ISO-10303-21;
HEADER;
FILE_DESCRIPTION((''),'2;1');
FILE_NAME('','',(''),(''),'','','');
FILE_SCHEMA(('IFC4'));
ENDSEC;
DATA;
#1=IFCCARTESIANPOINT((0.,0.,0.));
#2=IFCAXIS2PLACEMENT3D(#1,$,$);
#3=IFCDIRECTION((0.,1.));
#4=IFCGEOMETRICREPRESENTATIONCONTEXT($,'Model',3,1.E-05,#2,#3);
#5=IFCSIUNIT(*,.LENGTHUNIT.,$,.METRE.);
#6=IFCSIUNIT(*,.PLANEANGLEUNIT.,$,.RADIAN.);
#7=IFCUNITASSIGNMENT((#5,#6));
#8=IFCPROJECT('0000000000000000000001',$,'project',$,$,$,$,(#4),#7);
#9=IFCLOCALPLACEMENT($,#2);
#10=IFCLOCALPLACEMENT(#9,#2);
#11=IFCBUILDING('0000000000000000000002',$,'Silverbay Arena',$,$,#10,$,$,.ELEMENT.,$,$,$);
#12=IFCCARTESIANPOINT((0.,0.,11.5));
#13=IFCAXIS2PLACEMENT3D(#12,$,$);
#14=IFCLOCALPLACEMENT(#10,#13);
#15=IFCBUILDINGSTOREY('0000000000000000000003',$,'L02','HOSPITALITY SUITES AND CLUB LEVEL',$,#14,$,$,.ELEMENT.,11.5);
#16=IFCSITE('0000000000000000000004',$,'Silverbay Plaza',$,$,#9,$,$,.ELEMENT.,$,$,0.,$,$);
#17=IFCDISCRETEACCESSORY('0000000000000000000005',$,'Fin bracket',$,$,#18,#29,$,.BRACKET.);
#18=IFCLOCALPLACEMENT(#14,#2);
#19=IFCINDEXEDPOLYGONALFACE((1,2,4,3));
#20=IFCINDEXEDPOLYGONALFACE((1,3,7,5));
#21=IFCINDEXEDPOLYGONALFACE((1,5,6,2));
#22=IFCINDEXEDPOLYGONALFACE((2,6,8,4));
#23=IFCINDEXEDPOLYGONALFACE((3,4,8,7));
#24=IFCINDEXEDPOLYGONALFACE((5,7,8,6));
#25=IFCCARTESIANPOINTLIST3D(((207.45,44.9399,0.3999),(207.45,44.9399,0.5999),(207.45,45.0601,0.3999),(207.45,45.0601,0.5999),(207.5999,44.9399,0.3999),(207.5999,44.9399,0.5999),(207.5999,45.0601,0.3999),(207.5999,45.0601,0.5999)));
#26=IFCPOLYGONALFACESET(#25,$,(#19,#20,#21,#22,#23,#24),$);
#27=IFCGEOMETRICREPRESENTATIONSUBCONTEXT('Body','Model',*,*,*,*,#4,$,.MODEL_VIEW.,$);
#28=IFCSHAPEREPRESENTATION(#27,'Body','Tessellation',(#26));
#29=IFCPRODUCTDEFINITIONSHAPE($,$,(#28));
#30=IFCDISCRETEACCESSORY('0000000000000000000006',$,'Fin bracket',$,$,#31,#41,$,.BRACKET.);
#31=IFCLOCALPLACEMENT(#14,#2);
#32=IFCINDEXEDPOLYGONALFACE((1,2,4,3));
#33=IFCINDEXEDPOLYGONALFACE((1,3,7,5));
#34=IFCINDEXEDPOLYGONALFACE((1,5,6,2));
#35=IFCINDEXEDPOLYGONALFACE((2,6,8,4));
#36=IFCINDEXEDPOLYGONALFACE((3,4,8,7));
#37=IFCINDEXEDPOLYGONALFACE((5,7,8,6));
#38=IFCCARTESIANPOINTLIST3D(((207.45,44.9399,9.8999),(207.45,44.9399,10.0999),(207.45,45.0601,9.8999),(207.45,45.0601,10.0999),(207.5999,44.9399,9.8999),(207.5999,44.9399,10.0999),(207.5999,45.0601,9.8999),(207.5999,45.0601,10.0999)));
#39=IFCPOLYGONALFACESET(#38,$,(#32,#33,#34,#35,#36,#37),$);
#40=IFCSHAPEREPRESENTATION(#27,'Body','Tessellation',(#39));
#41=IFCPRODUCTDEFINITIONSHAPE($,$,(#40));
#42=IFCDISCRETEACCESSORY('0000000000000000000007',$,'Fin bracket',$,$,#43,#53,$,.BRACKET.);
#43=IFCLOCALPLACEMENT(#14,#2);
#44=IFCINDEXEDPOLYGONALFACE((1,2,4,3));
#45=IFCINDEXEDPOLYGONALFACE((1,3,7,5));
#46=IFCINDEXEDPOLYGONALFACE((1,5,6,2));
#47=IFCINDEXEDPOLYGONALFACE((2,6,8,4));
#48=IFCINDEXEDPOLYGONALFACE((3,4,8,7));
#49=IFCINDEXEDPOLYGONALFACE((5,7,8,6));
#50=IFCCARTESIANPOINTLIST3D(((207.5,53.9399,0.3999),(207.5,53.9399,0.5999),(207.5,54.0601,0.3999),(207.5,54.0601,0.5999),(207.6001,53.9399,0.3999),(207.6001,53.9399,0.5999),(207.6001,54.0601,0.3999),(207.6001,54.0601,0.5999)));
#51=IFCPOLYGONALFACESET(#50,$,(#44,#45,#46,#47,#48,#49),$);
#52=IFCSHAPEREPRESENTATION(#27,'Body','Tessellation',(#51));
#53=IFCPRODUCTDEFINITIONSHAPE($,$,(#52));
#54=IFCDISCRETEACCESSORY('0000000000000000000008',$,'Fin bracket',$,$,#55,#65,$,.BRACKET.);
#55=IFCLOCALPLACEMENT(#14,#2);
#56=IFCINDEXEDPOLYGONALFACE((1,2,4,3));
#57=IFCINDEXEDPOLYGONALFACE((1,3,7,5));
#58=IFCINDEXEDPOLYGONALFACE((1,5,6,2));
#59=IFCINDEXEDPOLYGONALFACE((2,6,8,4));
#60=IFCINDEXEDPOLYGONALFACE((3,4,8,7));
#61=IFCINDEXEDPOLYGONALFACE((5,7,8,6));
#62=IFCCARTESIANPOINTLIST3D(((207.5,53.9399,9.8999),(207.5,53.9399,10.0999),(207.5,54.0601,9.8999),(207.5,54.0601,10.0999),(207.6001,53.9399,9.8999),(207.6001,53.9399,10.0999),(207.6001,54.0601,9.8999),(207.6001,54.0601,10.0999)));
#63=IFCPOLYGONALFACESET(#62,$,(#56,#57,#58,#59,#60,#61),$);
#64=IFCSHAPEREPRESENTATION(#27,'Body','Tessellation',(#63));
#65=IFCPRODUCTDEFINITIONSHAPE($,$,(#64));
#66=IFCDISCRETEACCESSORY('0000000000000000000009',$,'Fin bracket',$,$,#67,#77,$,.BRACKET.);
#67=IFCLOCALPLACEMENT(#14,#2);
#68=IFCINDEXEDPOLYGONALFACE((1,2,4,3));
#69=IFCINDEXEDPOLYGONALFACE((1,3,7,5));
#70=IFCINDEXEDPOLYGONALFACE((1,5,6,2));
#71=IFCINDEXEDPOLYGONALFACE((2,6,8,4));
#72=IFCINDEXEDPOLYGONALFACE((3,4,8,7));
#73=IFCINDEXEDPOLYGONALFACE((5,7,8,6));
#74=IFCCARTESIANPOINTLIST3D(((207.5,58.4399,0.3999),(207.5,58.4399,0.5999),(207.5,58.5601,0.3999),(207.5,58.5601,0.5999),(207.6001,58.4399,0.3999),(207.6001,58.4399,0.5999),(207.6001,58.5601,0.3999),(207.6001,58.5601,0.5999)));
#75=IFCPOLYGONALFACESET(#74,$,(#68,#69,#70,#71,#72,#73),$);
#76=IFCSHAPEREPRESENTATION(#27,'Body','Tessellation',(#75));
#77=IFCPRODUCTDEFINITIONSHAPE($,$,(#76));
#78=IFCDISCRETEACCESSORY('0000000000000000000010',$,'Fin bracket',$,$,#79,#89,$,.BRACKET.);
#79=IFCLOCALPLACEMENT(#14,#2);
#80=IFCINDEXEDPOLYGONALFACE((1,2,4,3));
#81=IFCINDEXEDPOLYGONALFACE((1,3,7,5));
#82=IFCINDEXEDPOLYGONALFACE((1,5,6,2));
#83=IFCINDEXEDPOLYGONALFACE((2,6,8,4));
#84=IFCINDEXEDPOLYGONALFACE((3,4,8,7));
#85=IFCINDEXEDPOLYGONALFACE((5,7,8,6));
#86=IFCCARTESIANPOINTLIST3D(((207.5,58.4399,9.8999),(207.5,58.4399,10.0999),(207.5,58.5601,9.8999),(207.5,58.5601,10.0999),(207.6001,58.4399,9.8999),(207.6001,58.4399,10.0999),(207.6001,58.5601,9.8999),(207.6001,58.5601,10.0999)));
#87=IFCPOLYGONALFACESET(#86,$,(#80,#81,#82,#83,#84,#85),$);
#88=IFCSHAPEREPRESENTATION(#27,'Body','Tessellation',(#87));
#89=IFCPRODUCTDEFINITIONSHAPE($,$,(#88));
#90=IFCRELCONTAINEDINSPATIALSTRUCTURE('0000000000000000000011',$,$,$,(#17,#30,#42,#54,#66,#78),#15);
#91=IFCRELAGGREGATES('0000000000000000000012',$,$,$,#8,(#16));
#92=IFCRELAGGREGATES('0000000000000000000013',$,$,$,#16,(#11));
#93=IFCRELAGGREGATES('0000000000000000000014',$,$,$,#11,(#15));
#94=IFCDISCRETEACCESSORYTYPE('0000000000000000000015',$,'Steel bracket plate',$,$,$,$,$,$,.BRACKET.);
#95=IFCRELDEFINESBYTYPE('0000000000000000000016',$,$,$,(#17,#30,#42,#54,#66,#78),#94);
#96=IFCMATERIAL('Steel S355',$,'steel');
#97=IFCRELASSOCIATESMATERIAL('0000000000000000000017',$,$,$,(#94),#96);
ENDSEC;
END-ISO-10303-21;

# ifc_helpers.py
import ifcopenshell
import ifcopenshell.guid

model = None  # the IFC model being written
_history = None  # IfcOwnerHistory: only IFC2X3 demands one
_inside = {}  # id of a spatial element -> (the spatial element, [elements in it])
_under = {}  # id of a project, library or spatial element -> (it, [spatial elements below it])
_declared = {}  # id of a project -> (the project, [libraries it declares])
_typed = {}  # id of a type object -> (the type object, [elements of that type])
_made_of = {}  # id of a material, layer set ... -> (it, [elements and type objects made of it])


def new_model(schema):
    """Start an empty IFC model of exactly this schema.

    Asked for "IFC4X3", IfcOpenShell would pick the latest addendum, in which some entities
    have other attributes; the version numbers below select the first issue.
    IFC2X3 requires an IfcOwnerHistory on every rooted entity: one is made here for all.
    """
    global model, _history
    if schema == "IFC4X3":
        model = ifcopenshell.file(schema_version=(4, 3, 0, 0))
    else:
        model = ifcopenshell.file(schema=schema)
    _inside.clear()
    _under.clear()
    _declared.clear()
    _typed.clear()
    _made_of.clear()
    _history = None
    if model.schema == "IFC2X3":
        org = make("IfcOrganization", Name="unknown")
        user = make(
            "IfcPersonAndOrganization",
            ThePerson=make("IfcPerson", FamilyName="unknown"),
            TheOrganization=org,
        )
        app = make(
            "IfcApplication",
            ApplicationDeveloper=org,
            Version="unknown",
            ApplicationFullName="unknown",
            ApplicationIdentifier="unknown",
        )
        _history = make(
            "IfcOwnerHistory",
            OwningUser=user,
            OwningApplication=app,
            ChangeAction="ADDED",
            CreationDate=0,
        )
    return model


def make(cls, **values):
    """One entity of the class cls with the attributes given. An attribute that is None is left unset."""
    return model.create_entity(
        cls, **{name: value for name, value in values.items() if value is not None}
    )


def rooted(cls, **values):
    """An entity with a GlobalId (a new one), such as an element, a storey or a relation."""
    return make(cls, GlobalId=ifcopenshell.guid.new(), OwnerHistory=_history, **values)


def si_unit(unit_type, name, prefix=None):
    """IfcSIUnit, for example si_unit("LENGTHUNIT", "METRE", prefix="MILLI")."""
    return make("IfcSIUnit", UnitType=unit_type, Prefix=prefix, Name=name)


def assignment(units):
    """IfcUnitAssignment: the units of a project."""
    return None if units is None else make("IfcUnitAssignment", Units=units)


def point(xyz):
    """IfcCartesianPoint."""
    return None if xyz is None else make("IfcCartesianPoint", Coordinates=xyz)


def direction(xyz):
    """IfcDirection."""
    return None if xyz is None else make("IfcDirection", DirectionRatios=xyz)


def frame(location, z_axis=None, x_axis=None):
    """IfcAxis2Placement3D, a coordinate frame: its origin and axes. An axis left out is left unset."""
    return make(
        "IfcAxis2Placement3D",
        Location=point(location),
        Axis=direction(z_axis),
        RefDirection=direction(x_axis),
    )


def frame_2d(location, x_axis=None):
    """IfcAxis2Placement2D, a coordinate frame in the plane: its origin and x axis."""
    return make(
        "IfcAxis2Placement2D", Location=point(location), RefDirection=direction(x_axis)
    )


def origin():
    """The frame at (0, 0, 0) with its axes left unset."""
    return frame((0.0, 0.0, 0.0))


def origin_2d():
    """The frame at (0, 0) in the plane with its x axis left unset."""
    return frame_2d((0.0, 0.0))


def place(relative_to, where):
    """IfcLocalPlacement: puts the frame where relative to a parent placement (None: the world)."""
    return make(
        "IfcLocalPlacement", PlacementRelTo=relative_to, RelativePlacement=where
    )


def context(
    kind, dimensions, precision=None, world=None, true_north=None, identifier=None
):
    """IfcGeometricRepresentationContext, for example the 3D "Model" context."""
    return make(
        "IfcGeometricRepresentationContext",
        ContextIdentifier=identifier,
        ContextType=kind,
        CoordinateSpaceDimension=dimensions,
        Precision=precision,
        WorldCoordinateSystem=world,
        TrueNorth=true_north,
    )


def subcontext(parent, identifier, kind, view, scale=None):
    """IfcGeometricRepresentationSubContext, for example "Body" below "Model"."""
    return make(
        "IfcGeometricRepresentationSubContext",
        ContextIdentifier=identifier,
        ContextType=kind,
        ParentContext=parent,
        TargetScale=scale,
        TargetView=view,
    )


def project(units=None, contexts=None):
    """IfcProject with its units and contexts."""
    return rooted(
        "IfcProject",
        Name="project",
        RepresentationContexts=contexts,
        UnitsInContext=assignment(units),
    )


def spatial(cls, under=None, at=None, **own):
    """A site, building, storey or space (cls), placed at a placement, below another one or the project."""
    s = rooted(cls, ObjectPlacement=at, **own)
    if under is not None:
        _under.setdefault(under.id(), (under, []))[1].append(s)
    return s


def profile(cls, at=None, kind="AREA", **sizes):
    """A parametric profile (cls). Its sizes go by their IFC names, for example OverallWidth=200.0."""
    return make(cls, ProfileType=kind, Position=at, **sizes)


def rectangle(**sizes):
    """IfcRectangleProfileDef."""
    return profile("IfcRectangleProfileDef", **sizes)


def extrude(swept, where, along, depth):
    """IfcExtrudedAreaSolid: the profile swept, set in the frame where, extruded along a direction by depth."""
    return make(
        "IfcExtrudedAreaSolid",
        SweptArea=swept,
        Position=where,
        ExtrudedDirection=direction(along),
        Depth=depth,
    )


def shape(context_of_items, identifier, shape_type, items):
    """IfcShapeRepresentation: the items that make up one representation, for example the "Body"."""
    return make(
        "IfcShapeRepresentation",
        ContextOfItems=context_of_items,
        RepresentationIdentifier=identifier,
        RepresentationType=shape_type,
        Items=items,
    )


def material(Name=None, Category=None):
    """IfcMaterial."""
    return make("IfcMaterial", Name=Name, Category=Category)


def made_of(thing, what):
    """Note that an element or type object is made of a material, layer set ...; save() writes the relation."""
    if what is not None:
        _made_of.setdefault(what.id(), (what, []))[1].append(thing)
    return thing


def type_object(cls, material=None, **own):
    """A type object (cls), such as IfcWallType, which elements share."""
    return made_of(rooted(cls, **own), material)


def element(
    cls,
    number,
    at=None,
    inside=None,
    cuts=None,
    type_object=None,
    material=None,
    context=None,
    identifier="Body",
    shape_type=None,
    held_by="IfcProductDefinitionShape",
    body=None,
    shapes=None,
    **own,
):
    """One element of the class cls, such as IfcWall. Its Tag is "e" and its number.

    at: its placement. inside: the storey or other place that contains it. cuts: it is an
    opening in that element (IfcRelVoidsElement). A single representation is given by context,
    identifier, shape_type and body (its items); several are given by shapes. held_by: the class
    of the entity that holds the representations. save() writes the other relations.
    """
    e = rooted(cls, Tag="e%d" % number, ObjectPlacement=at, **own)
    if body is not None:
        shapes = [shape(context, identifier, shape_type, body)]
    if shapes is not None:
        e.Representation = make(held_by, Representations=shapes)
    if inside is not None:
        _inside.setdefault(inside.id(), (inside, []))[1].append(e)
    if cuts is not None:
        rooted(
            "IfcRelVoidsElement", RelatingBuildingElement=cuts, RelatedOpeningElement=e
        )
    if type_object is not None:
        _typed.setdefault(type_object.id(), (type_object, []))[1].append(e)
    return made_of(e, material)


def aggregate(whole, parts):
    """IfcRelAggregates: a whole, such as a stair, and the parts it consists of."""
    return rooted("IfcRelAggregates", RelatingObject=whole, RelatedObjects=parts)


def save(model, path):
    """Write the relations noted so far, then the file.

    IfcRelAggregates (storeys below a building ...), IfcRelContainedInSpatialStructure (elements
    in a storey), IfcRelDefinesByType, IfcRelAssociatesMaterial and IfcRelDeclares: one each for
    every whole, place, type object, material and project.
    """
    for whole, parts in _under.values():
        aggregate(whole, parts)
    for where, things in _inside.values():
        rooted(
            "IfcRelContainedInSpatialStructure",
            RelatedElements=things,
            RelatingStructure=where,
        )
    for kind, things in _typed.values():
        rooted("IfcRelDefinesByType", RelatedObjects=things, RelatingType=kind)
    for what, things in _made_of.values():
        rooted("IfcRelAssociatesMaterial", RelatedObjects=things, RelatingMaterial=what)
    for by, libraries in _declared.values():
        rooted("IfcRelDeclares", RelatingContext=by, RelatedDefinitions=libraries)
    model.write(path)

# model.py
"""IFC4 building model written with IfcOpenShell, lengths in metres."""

from ifc_helpers import new_model, si_unit, direction, frame, origin, origin_2d, place, context, subcontext, project, spatial, rectangle, extrude, material, type_object, element, save


model = new_model("IFC4")

# Units and contexts
model_context = context("Model", 3, precision=1e-05, world=origin(), true_north=direction((0.0, 1.0)))
body_context = subcontext(model_context, "Body", "Model", "MODEL_VIEW")
ifc_project = project(units=[si_unit("LENGTHUNIT", "METRE"), si_unit("PLANEANGLEUNIT", "RADIAN")], contexts=[model_context])

# Site, building, storey
site_placement = place(None, origin())
site = spatial("IfcSite", under=ifc_project, at=site_placement, Name="Silverbay Plaza", CompositionType="ELEMENT", RefElevation=0.0)
building_placement = place(site_placement, origin())
building = spatial("IfcBuilding", under=site, at=building_placement, Name="Silverbay Arena", CompositionType="ELEMENT")
storey_placement = place(building_placement, frame((0.0, 0.0, 11.5)))
storey = spatial("IfcBuildingStorey", under=building, at=storey_placement, Name="L02", Description="HOSPITALITY SUITES AND CLUB LEVEL", CompositionType="ELEMENT", Elevation=11.5)

# Discrete accessories
ifc_material_1 = material(Name="Steel S355", Category="steel")
discrete_accessory_type = type_object("IfcDiscreteAccessoryType", Name="Steel bracket plate", PredefinedType="BRACKET", material=ifc_material_1)
for number, where, z_axis, x_axis, name in (
    (1, (207.5249, 45.0, 0.3999), (0.0, 0.0, 1.0), (1.0, 0.0, 0.0), "Fin bracket"),
    (2, (207.5249, 45.0, 9.8999), (0.0, 0.0, 1.0), (1.0, 0.0, 0.0), "Fin bracket"),
):
    element("IfcDiscreteAccessory", number, at=place(storey_placement, frame(where, z_axis=z_axis, x_axis=x_axis)), inside=storey, type_object=discrete_accessory_type, Name=name, PredefinedType="BRACKET", context=body_context, shape_type="SweptSolid", body=[
        extrude(rectangle(XDim=0.1499, YDim=0.1201, at=origin_2d()), origin(), (0.0, 0.0, 1.0), 0.2),
    ])
for number, where, z_axis, x_axis, name in (
    (3, (207.55, 54.0, 0.3999), (0.0, 0.0, 1.0), (1.0, 0.0, 0.0), "Fin bracket"),
    (4, (207.55, 54.0, 9.8999), (0.0, 0.0, 1.0), (1.0, 0.0, 0.0), "Fin bracket"),
    (5, (207.55, 58.5, 0.3999), (0.0, 0.0, 1.0), (1.0, 0.0, 0.0), "Fin bracket"),
    (6, (207.55, 58.5, 9.8999), (0.0, 0.0, 1.0), (1.0, 0.0, 0.0), "Fin bracket"),
):
    element("IfcDiscreteAccessory", number, at=place(storey_placement, frame(where, z_axis=z_axis, x_axis=x_axis)), inside=storey, type_object=discrete_accessory_type, Name=name, PredefinedType="BRACKET", context=body_context, shape_type="SweptSolid", body=[
        extrude(rectangle(XDim=0.1001, YDim=0.1201, at=origin_2d()), origin(), (0.0, 0.0, 1.0), 0.2),
    ])

save(model, "model.ifc")
